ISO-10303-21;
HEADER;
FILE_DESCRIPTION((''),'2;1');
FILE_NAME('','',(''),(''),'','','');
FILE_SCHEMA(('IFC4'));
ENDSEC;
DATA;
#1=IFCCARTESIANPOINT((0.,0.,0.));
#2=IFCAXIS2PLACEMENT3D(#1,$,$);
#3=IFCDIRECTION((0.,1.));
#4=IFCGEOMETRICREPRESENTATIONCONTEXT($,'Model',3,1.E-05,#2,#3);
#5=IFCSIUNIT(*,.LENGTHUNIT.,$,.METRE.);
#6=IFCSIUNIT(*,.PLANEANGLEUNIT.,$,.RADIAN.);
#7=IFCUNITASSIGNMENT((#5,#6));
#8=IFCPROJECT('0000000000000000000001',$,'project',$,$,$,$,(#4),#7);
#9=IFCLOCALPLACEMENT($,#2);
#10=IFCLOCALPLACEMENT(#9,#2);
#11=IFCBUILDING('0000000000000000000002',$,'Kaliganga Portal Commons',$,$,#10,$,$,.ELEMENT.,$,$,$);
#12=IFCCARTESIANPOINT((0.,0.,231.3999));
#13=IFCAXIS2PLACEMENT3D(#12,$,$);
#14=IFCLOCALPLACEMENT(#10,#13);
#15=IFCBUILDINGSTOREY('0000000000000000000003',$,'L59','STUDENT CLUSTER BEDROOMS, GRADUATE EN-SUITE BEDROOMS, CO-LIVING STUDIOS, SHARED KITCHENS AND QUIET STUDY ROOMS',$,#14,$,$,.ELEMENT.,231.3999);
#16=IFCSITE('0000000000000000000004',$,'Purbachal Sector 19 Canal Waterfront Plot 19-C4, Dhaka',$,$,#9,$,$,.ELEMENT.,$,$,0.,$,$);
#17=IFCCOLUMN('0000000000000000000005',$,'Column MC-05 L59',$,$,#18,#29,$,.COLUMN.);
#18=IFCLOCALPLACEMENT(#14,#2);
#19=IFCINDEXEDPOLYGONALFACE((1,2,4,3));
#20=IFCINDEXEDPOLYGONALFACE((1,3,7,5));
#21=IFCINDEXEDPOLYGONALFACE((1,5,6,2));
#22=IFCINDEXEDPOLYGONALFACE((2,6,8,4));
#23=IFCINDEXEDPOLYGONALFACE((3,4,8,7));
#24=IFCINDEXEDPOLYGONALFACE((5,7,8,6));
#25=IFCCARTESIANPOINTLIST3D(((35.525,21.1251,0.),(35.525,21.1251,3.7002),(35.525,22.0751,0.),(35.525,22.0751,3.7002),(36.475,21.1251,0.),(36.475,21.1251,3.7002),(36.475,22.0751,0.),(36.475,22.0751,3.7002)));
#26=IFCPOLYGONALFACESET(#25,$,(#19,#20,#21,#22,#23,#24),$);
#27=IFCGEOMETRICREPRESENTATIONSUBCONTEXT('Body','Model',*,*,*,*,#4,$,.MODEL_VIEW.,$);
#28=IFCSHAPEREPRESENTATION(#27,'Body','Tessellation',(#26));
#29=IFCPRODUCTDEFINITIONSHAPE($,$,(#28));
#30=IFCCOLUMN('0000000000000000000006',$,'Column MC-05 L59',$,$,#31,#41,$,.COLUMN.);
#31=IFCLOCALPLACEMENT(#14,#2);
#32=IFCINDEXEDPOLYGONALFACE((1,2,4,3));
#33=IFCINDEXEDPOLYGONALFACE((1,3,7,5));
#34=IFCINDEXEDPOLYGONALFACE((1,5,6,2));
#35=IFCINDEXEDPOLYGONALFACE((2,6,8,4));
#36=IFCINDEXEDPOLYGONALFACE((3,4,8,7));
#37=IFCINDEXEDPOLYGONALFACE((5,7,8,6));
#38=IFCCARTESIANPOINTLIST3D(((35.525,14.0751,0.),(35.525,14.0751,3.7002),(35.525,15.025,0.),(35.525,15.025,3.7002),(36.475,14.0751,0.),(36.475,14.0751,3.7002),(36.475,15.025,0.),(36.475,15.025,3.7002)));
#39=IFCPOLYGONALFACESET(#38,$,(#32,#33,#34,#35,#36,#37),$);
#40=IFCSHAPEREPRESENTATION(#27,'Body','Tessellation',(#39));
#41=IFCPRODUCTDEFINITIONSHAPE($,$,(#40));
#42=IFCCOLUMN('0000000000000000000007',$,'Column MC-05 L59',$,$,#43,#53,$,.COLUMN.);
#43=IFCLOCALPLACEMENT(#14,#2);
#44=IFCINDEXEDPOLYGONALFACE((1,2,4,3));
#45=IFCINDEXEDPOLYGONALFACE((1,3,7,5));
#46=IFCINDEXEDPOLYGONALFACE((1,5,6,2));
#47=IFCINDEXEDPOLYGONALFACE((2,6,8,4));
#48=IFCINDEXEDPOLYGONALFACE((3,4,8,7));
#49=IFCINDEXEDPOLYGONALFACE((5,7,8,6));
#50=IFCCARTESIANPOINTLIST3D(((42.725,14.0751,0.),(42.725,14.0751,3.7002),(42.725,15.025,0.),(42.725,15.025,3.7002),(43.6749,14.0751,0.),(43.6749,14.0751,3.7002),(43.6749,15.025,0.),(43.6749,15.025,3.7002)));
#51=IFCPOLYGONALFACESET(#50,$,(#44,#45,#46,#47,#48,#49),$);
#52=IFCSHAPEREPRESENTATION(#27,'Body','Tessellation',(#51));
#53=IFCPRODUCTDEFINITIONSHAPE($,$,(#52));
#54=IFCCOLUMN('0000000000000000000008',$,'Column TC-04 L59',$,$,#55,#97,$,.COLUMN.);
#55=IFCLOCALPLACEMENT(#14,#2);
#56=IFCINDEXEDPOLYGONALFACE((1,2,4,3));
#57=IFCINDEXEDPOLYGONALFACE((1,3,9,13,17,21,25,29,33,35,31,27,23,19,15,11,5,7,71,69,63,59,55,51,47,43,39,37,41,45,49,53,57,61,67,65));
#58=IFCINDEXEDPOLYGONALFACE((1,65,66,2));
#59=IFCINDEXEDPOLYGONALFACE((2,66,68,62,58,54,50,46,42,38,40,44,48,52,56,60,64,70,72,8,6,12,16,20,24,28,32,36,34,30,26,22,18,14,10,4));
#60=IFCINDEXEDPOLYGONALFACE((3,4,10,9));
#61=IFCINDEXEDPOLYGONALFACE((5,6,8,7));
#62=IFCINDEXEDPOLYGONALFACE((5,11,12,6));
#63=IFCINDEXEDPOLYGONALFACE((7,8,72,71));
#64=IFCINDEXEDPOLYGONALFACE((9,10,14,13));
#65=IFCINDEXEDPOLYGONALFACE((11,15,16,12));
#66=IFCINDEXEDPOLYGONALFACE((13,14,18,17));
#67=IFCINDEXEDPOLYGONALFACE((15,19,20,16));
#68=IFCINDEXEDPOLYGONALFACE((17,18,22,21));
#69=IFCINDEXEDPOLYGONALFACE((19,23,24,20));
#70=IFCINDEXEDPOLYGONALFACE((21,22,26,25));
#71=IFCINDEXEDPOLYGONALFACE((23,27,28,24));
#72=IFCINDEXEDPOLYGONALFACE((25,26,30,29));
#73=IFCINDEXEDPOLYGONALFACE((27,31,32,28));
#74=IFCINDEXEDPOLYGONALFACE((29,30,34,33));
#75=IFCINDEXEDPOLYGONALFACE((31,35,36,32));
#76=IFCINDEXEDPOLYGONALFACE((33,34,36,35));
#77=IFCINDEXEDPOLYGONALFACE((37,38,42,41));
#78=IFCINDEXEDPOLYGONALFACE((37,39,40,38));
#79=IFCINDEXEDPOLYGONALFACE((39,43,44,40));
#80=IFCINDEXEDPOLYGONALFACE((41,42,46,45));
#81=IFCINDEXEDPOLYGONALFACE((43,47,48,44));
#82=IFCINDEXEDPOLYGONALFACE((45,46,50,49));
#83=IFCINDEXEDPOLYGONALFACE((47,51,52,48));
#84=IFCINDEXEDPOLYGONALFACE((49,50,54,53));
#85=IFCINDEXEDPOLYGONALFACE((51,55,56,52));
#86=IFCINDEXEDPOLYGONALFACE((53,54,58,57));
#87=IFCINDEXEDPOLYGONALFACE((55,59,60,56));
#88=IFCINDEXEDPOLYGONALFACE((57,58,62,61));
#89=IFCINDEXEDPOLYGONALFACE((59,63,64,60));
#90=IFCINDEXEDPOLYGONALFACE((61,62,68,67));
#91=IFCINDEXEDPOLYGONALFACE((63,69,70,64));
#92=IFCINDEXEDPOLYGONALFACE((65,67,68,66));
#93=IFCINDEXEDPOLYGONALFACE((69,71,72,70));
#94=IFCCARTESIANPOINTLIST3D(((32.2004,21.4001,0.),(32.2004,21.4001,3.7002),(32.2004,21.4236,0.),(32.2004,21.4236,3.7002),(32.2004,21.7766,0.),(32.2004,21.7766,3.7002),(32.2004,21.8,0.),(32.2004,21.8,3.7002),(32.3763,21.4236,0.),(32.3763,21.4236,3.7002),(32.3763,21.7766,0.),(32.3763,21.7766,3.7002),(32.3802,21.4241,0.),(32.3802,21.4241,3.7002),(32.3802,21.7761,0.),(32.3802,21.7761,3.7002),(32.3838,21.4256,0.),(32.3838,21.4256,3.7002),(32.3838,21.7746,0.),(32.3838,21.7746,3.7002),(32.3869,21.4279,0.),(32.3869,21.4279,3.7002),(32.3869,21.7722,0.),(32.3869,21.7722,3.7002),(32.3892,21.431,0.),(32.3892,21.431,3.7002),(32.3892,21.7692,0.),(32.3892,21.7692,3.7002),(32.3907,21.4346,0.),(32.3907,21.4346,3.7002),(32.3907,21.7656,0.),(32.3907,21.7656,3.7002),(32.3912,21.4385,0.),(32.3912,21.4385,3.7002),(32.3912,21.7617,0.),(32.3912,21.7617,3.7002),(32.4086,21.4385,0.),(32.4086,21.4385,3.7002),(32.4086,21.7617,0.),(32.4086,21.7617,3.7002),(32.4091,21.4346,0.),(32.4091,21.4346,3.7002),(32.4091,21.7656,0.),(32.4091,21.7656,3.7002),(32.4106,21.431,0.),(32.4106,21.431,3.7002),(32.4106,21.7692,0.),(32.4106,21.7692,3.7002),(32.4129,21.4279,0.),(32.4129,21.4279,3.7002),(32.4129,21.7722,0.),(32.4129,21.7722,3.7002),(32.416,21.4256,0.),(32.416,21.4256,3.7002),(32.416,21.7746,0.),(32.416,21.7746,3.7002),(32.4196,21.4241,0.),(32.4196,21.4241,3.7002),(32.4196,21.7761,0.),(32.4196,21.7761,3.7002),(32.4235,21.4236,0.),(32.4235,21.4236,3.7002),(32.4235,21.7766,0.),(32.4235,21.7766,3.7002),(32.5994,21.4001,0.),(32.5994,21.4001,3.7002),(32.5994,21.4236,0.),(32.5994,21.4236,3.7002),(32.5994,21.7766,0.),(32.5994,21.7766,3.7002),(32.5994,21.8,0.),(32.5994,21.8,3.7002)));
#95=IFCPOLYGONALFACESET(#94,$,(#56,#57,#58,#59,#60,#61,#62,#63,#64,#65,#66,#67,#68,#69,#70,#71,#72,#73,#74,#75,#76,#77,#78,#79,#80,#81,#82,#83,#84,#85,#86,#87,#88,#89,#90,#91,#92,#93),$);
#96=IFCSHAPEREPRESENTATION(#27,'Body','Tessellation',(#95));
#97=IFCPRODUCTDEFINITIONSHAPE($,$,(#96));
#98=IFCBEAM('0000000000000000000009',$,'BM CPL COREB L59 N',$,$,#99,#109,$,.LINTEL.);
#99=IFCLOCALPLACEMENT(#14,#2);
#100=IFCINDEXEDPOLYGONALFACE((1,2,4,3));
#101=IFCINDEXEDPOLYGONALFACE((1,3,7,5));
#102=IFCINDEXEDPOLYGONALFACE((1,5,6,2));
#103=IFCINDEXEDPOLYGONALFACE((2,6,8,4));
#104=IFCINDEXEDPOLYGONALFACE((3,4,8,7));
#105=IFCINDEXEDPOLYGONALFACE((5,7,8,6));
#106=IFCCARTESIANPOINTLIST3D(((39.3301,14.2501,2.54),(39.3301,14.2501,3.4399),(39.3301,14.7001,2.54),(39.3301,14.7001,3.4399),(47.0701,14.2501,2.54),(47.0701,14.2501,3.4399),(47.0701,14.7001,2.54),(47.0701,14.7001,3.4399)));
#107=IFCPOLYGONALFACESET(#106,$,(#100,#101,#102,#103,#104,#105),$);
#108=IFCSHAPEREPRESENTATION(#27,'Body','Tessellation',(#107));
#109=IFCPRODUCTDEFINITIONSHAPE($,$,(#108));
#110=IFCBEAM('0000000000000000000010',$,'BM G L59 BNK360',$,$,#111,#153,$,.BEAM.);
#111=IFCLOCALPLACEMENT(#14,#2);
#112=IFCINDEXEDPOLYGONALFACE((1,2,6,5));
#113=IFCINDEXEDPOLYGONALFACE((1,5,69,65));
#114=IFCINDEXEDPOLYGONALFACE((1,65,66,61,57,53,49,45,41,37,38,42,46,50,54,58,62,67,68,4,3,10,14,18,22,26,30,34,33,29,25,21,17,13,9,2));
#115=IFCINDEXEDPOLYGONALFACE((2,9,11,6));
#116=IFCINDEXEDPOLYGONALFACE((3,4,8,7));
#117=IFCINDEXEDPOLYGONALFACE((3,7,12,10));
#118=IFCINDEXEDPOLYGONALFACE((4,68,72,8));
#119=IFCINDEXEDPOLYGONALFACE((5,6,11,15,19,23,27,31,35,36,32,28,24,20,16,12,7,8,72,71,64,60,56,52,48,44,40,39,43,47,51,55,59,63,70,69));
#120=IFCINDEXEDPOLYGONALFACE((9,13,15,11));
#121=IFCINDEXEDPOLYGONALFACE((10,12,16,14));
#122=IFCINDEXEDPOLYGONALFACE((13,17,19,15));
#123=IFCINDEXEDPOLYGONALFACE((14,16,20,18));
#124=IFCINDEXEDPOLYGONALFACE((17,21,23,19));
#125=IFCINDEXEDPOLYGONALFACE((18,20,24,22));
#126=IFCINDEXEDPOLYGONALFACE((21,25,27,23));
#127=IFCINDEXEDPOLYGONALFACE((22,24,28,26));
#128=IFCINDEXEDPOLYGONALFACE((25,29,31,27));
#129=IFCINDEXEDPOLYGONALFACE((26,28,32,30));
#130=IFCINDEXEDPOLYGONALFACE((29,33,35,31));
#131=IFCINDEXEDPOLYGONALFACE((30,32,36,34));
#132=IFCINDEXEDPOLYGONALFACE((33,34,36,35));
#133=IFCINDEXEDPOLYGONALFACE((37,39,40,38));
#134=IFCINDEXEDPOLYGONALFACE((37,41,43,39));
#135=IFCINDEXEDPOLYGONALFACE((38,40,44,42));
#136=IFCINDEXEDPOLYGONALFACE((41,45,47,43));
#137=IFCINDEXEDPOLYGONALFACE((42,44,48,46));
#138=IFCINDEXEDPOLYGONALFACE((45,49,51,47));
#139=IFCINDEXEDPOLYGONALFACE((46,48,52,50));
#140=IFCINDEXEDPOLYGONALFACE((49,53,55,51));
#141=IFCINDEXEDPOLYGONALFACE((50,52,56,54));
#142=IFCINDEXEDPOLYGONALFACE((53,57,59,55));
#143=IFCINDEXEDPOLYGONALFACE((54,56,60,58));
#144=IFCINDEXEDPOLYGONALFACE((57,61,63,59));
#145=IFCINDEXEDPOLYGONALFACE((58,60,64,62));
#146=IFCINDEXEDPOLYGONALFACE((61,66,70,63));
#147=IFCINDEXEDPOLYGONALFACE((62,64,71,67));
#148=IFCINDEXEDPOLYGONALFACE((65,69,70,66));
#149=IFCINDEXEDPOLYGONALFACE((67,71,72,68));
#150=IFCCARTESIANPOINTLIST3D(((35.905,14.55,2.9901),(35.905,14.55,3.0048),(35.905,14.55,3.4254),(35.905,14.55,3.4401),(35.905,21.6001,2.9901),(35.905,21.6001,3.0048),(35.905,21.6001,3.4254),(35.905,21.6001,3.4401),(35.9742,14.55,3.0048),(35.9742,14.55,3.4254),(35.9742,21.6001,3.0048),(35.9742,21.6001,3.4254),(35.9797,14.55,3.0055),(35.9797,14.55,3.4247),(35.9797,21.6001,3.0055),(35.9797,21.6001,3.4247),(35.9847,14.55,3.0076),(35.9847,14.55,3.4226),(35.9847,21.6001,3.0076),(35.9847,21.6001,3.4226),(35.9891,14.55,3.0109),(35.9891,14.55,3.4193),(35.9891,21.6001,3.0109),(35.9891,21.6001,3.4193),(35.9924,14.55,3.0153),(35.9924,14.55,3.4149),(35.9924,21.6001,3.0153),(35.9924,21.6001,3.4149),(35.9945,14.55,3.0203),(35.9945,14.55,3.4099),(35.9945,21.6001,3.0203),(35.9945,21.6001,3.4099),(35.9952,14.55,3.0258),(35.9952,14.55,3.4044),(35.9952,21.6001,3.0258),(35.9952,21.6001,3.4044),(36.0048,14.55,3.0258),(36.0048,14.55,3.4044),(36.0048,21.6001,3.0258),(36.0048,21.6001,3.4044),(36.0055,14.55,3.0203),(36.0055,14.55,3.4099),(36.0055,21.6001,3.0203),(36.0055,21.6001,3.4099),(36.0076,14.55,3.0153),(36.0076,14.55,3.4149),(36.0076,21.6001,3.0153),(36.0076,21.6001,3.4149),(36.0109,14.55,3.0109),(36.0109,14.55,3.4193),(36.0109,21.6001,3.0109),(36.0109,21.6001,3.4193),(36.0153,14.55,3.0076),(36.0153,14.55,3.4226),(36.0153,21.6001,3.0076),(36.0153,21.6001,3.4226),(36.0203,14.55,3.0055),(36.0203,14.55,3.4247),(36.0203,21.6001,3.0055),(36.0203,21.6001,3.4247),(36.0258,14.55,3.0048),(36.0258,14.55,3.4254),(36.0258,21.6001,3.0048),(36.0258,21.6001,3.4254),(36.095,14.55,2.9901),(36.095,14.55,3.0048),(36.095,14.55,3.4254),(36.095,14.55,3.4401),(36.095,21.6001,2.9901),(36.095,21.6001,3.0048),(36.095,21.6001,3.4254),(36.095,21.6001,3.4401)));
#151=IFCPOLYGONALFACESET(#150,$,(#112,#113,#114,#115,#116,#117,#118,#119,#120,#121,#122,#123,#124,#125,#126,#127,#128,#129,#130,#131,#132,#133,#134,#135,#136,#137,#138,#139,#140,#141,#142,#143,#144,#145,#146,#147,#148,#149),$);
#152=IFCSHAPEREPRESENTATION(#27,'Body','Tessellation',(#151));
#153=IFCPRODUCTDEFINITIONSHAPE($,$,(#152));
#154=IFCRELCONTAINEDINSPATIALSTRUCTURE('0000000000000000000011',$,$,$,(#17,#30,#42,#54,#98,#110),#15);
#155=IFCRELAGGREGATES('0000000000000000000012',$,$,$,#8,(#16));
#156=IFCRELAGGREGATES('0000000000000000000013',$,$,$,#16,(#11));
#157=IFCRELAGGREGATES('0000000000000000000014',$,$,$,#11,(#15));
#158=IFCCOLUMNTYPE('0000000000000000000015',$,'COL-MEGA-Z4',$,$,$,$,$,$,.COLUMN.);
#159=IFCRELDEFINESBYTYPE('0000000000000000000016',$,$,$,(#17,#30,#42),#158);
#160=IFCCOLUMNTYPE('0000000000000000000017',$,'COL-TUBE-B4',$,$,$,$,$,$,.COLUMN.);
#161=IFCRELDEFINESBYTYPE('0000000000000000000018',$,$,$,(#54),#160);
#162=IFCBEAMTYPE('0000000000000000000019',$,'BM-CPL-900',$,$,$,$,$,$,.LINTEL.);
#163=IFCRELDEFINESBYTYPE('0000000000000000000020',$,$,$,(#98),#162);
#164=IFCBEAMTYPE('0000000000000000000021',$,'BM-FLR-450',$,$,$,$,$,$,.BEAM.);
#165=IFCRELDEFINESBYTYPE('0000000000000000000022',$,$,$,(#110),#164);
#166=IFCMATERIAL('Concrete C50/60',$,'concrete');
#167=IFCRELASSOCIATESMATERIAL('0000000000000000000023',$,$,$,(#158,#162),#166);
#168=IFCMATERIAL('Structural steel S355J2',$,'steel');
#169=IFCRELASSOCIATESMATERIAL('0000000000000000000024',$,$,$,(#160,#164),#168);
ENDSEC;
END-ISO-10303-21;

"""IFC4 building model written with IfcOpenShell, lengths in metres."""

from ifc_helpers import new_model, si_unit, direction, frame, origin, origin_2d, place, context, subcontext, project, spatial, rectangle, i_section, extrude, source, transform, mapped, material, material_profile, profile_set, type_object, element, save


model = new_model("IFC4")

# Units and contexts
model_context = context("Model", 3, precision=1e-05, world=origin(), true_north=direction((0.0, 1.0)))
body_context = subcontext(model_context, "Body", "Model", "MODEL_VIEW")
ifc_project = project(units=[si_unit("LENGTHUNIT", "METRE"), si_unit("PLANEANGLEUNIT", "RADIAN")], contexts=[model_context])

# Site, building, storey
site_placement = place(None, origin())
site = spatial("IfcSite", under=ifc_project, at=site_placement, Name="Purbachal Sector 19 Canal Waterfront Plot 19-C4, Dhaka", CompositionType="ELEMENT", RefElevation=0.0)
building_placement = place(site_placement, origin())
building = spatial("IfcBuilding", under=site, at=building_placement, Name="Kaliganga Portal Commons", CompositionType="ELEMENT")
storey_placement = place(building_placement, frame((0.0, 0.0, 231.3999)))
storey = spatial("IfcBuildingStorey", under=building, at=storey_placement, Name="L59", Description="STUDENT CLUSTER BEDROOMS, GRADUATE EN-SUITE BEDROOMS, CO-LIVING STUDIOS, SHARED KITCHENS AND QUIET STUDY ROOMS", CompositionType="ELEMENT", Elevation=231.3999)

# Columns
ifc_material_1 = material(Name="Concrete C50/60", Category="concrete")
ifc_material_profile_1 = material_profile(ifc_material_1, rectangle(XDim=0.95, YDim=0.95, at=origin_2d()), Name="RC 950x950")
ifc_profile_set_1 = profile_set([ifc_material_profile_1], Name="Concrete C50/60")
column_type_1 = type_object("IfcColumnType", Name="COL-MEGA-Z4", PredefinedType="COLUMN", material=ifc_profile_set_1)
shared_shape_1 = source(origin(), body_context, "Body", "SweptSolid", [
    extrude(rectangle(XDim=0.95, YDim=0.95, at=origin_2d()), origin(), (0.0, 0.0, 1.0), 3.7002),
])
for number, where, z_axis, x_axis, name in (
    (1, (36.0, 21.6001, 0.0), (0.0, 0.0, 1.0), (1.0, 0.0, 0.0), "Column MC-05 L59"),
    (2, (36.0, 14.55, 0.0), (0.0, 0.0, 1.0), (1.0, 0.0, 0.0), "Column MC-05 L59"),
    (3, (43.2, 14.55, 0.0), (0.0, 0.0, 1.0), (1.0, 0.0, 0.0), "Column MC-05 L59"),
):
    element("IfcColumn", number, at=place(storey_placement, frame(where, z_axis=z_axis, x_axis=x_axis)), inside=storey, type_object=column_type_1, Name=name, PredefinedType="COLUMN", context=body_context, shape_type="MappedRepresentation", body=[
        mapped(shared_shape_1, transform((0.0, 0.0, 0.0), x_axis=(1.0, 0.0, 0.0), y_axis=(0.0, 1.0, 0.0), z_axis=(0.0, 0.0, 1.0), scale=1.0)),
    ])
ifc_material_2 = material(Name="Structural steel S355J2", Category="steel")
ifc_material_profile_2 = material_profile(ifc_material_2, i_section(OverallWidth=0.3989, OverallDepth=0.3999, WebThickness=0.0173, FlangeThickness=0.0234, FilletRadius=0.0149, at=origin_2d()), Name="HD 400x287")
ifc_profile_set_2 = profile_set([ifc_material_profile_2], Name="Structural steel S355J2 wide-flange")
column_type_2 = type_object("IfcColumnType", Name="COL-TUBE-B4", PredefinedType="COLUMN", material=ifc_profile_set_2)
shared_shape_2 = source(origin(), body_context, "Body", "SweptSolid", [
    extrude(i_section(OverallWidth=0.3989, OverallDepth=0.3999, WebThickness=0.0173, FlangeThickness=0.0234, FilletRadius=0.0149, at=origin_2d()), origin(), (0.0, 0.0, 1.0), 3.7002),
])
column_placement = place(storey_placement, frame((32.3999, 21.6001, 0.0), z_axis=(0.0, 0.0, 1.0), x_axis=(1.0, 0.0, 0.0)))
element("IfcColumn", 4, at=column_placement, inside=storey, type_object=column_type_2, Name="Column TC-04 L59", PredefinedType="COLUMN", context=body_context, shape_type="MappedRepresentation", body=[
    mapped(shared_shape_2, transform((0.0, 0.0, 0.0), x_axis=(1.0, 0.0, 0.0), y_axis=(0.0, 1.0, 0.0), z_axis=(0.0, 0.0, 1.0), scale=1.0)),
])

# Beams
ifc_material_profile_3 = material_profile(ifc_material_1, rectangle(XDim=0.45, YDim=0.8999, at=origin_2d()), Name="RC 450x900")
ifc_profile_set_3 = profile_set([ifc_material_profile_3], Name="Concrete C50/60")
beam_type_1 = type_object("IfcBeamType", Name="BM-CPL-900", PredefinedType="LINTEL", material=ifc_profile_set_3)
shared_shape_3 = source(origin(), body_context, "Body", "SweptSolid", [
    extrude(rectangle(XDim=0.45, YDim=0.8999, at=origin_2d()), origin(), (0.0, 0.0, 1.0), 7.74),
])
beam_1_placement = place(storey_placement, frame((39.3301, 14.4751, 2.99), z_axis=(1.0, 0.0, 0.0), x_axis=(0.0, 1.0, 0.0)))
element("IfcBeam", 5, at=beam_1_placement, inside=storey, type_object=beam_type_1, Name="BM CPL COREB L59 N", PredefinedType="LINTEL", context=body_context, shape_type="MappedRepresentation", body=[
    mapped(shared_shape_3, transform((0.0, 0.0, 0.0), x_axis=(1.0, 0.0, 0.0), y_axis=(0.0, 1.0, 0.0), z_axis=(0.0, 0.0, 1.0), scale=1.0)),
])
ifc_material_profile_4 = material_profile(ifc_material_2, i_section(OverallWidth=0.1899, OverallDepth=0.45, WebThickness=0.0095, FlangeThickness=0.0146, FilletRadius=0.021, at=origin_2d()), Name="IPE 450")
ifc_profile_set_4 = profile_set([ifc_material_profile_4], Name="Structural steel S355J2 wide-flange")
beam_type_2 = type_object("IfcBeamType", Name="BM-FLR-450", PredefinedType="BEAM", material=ifc_profile_set_4)
shared_shape_4 = source(origin(), body_context, "Body", "SweptSolid", [
    extrude(i_section(OverallWidth=0.1899, OverallDepth=0.45, WebThickness=0.0095, FlangeThickness=0.0146, FilletRadius=0.021, at=origin_2d()), origin(), (0.0, 0.0, 1.0), 7.05),
])
beam_2_placement = place(storey_placement, frame((36.0, 14.55, 3.2151), z_axis=(0.0, 1.0, 0.0), x_axis=(-1.0, 0.0, 0.0)))
element("IfcBeam", 6, at=beam_2_placement, inside=storey, type_object=beam_type_2, Name="BM G L59 BNK360", PredefinedType="BEAM", context=body_context, shape_type="MappedRepresentation", body=[
    mapped(shared_shape_4, transform((0.0, 0.0, 0.0), x_axis=(1.0, 0.0, 0.0), y_axis=(0.0, 1.0, 0.0), z_axis=(0.0, 0.0, 1.0), scale=1.0)),
])

save(model, "model.ifc")
